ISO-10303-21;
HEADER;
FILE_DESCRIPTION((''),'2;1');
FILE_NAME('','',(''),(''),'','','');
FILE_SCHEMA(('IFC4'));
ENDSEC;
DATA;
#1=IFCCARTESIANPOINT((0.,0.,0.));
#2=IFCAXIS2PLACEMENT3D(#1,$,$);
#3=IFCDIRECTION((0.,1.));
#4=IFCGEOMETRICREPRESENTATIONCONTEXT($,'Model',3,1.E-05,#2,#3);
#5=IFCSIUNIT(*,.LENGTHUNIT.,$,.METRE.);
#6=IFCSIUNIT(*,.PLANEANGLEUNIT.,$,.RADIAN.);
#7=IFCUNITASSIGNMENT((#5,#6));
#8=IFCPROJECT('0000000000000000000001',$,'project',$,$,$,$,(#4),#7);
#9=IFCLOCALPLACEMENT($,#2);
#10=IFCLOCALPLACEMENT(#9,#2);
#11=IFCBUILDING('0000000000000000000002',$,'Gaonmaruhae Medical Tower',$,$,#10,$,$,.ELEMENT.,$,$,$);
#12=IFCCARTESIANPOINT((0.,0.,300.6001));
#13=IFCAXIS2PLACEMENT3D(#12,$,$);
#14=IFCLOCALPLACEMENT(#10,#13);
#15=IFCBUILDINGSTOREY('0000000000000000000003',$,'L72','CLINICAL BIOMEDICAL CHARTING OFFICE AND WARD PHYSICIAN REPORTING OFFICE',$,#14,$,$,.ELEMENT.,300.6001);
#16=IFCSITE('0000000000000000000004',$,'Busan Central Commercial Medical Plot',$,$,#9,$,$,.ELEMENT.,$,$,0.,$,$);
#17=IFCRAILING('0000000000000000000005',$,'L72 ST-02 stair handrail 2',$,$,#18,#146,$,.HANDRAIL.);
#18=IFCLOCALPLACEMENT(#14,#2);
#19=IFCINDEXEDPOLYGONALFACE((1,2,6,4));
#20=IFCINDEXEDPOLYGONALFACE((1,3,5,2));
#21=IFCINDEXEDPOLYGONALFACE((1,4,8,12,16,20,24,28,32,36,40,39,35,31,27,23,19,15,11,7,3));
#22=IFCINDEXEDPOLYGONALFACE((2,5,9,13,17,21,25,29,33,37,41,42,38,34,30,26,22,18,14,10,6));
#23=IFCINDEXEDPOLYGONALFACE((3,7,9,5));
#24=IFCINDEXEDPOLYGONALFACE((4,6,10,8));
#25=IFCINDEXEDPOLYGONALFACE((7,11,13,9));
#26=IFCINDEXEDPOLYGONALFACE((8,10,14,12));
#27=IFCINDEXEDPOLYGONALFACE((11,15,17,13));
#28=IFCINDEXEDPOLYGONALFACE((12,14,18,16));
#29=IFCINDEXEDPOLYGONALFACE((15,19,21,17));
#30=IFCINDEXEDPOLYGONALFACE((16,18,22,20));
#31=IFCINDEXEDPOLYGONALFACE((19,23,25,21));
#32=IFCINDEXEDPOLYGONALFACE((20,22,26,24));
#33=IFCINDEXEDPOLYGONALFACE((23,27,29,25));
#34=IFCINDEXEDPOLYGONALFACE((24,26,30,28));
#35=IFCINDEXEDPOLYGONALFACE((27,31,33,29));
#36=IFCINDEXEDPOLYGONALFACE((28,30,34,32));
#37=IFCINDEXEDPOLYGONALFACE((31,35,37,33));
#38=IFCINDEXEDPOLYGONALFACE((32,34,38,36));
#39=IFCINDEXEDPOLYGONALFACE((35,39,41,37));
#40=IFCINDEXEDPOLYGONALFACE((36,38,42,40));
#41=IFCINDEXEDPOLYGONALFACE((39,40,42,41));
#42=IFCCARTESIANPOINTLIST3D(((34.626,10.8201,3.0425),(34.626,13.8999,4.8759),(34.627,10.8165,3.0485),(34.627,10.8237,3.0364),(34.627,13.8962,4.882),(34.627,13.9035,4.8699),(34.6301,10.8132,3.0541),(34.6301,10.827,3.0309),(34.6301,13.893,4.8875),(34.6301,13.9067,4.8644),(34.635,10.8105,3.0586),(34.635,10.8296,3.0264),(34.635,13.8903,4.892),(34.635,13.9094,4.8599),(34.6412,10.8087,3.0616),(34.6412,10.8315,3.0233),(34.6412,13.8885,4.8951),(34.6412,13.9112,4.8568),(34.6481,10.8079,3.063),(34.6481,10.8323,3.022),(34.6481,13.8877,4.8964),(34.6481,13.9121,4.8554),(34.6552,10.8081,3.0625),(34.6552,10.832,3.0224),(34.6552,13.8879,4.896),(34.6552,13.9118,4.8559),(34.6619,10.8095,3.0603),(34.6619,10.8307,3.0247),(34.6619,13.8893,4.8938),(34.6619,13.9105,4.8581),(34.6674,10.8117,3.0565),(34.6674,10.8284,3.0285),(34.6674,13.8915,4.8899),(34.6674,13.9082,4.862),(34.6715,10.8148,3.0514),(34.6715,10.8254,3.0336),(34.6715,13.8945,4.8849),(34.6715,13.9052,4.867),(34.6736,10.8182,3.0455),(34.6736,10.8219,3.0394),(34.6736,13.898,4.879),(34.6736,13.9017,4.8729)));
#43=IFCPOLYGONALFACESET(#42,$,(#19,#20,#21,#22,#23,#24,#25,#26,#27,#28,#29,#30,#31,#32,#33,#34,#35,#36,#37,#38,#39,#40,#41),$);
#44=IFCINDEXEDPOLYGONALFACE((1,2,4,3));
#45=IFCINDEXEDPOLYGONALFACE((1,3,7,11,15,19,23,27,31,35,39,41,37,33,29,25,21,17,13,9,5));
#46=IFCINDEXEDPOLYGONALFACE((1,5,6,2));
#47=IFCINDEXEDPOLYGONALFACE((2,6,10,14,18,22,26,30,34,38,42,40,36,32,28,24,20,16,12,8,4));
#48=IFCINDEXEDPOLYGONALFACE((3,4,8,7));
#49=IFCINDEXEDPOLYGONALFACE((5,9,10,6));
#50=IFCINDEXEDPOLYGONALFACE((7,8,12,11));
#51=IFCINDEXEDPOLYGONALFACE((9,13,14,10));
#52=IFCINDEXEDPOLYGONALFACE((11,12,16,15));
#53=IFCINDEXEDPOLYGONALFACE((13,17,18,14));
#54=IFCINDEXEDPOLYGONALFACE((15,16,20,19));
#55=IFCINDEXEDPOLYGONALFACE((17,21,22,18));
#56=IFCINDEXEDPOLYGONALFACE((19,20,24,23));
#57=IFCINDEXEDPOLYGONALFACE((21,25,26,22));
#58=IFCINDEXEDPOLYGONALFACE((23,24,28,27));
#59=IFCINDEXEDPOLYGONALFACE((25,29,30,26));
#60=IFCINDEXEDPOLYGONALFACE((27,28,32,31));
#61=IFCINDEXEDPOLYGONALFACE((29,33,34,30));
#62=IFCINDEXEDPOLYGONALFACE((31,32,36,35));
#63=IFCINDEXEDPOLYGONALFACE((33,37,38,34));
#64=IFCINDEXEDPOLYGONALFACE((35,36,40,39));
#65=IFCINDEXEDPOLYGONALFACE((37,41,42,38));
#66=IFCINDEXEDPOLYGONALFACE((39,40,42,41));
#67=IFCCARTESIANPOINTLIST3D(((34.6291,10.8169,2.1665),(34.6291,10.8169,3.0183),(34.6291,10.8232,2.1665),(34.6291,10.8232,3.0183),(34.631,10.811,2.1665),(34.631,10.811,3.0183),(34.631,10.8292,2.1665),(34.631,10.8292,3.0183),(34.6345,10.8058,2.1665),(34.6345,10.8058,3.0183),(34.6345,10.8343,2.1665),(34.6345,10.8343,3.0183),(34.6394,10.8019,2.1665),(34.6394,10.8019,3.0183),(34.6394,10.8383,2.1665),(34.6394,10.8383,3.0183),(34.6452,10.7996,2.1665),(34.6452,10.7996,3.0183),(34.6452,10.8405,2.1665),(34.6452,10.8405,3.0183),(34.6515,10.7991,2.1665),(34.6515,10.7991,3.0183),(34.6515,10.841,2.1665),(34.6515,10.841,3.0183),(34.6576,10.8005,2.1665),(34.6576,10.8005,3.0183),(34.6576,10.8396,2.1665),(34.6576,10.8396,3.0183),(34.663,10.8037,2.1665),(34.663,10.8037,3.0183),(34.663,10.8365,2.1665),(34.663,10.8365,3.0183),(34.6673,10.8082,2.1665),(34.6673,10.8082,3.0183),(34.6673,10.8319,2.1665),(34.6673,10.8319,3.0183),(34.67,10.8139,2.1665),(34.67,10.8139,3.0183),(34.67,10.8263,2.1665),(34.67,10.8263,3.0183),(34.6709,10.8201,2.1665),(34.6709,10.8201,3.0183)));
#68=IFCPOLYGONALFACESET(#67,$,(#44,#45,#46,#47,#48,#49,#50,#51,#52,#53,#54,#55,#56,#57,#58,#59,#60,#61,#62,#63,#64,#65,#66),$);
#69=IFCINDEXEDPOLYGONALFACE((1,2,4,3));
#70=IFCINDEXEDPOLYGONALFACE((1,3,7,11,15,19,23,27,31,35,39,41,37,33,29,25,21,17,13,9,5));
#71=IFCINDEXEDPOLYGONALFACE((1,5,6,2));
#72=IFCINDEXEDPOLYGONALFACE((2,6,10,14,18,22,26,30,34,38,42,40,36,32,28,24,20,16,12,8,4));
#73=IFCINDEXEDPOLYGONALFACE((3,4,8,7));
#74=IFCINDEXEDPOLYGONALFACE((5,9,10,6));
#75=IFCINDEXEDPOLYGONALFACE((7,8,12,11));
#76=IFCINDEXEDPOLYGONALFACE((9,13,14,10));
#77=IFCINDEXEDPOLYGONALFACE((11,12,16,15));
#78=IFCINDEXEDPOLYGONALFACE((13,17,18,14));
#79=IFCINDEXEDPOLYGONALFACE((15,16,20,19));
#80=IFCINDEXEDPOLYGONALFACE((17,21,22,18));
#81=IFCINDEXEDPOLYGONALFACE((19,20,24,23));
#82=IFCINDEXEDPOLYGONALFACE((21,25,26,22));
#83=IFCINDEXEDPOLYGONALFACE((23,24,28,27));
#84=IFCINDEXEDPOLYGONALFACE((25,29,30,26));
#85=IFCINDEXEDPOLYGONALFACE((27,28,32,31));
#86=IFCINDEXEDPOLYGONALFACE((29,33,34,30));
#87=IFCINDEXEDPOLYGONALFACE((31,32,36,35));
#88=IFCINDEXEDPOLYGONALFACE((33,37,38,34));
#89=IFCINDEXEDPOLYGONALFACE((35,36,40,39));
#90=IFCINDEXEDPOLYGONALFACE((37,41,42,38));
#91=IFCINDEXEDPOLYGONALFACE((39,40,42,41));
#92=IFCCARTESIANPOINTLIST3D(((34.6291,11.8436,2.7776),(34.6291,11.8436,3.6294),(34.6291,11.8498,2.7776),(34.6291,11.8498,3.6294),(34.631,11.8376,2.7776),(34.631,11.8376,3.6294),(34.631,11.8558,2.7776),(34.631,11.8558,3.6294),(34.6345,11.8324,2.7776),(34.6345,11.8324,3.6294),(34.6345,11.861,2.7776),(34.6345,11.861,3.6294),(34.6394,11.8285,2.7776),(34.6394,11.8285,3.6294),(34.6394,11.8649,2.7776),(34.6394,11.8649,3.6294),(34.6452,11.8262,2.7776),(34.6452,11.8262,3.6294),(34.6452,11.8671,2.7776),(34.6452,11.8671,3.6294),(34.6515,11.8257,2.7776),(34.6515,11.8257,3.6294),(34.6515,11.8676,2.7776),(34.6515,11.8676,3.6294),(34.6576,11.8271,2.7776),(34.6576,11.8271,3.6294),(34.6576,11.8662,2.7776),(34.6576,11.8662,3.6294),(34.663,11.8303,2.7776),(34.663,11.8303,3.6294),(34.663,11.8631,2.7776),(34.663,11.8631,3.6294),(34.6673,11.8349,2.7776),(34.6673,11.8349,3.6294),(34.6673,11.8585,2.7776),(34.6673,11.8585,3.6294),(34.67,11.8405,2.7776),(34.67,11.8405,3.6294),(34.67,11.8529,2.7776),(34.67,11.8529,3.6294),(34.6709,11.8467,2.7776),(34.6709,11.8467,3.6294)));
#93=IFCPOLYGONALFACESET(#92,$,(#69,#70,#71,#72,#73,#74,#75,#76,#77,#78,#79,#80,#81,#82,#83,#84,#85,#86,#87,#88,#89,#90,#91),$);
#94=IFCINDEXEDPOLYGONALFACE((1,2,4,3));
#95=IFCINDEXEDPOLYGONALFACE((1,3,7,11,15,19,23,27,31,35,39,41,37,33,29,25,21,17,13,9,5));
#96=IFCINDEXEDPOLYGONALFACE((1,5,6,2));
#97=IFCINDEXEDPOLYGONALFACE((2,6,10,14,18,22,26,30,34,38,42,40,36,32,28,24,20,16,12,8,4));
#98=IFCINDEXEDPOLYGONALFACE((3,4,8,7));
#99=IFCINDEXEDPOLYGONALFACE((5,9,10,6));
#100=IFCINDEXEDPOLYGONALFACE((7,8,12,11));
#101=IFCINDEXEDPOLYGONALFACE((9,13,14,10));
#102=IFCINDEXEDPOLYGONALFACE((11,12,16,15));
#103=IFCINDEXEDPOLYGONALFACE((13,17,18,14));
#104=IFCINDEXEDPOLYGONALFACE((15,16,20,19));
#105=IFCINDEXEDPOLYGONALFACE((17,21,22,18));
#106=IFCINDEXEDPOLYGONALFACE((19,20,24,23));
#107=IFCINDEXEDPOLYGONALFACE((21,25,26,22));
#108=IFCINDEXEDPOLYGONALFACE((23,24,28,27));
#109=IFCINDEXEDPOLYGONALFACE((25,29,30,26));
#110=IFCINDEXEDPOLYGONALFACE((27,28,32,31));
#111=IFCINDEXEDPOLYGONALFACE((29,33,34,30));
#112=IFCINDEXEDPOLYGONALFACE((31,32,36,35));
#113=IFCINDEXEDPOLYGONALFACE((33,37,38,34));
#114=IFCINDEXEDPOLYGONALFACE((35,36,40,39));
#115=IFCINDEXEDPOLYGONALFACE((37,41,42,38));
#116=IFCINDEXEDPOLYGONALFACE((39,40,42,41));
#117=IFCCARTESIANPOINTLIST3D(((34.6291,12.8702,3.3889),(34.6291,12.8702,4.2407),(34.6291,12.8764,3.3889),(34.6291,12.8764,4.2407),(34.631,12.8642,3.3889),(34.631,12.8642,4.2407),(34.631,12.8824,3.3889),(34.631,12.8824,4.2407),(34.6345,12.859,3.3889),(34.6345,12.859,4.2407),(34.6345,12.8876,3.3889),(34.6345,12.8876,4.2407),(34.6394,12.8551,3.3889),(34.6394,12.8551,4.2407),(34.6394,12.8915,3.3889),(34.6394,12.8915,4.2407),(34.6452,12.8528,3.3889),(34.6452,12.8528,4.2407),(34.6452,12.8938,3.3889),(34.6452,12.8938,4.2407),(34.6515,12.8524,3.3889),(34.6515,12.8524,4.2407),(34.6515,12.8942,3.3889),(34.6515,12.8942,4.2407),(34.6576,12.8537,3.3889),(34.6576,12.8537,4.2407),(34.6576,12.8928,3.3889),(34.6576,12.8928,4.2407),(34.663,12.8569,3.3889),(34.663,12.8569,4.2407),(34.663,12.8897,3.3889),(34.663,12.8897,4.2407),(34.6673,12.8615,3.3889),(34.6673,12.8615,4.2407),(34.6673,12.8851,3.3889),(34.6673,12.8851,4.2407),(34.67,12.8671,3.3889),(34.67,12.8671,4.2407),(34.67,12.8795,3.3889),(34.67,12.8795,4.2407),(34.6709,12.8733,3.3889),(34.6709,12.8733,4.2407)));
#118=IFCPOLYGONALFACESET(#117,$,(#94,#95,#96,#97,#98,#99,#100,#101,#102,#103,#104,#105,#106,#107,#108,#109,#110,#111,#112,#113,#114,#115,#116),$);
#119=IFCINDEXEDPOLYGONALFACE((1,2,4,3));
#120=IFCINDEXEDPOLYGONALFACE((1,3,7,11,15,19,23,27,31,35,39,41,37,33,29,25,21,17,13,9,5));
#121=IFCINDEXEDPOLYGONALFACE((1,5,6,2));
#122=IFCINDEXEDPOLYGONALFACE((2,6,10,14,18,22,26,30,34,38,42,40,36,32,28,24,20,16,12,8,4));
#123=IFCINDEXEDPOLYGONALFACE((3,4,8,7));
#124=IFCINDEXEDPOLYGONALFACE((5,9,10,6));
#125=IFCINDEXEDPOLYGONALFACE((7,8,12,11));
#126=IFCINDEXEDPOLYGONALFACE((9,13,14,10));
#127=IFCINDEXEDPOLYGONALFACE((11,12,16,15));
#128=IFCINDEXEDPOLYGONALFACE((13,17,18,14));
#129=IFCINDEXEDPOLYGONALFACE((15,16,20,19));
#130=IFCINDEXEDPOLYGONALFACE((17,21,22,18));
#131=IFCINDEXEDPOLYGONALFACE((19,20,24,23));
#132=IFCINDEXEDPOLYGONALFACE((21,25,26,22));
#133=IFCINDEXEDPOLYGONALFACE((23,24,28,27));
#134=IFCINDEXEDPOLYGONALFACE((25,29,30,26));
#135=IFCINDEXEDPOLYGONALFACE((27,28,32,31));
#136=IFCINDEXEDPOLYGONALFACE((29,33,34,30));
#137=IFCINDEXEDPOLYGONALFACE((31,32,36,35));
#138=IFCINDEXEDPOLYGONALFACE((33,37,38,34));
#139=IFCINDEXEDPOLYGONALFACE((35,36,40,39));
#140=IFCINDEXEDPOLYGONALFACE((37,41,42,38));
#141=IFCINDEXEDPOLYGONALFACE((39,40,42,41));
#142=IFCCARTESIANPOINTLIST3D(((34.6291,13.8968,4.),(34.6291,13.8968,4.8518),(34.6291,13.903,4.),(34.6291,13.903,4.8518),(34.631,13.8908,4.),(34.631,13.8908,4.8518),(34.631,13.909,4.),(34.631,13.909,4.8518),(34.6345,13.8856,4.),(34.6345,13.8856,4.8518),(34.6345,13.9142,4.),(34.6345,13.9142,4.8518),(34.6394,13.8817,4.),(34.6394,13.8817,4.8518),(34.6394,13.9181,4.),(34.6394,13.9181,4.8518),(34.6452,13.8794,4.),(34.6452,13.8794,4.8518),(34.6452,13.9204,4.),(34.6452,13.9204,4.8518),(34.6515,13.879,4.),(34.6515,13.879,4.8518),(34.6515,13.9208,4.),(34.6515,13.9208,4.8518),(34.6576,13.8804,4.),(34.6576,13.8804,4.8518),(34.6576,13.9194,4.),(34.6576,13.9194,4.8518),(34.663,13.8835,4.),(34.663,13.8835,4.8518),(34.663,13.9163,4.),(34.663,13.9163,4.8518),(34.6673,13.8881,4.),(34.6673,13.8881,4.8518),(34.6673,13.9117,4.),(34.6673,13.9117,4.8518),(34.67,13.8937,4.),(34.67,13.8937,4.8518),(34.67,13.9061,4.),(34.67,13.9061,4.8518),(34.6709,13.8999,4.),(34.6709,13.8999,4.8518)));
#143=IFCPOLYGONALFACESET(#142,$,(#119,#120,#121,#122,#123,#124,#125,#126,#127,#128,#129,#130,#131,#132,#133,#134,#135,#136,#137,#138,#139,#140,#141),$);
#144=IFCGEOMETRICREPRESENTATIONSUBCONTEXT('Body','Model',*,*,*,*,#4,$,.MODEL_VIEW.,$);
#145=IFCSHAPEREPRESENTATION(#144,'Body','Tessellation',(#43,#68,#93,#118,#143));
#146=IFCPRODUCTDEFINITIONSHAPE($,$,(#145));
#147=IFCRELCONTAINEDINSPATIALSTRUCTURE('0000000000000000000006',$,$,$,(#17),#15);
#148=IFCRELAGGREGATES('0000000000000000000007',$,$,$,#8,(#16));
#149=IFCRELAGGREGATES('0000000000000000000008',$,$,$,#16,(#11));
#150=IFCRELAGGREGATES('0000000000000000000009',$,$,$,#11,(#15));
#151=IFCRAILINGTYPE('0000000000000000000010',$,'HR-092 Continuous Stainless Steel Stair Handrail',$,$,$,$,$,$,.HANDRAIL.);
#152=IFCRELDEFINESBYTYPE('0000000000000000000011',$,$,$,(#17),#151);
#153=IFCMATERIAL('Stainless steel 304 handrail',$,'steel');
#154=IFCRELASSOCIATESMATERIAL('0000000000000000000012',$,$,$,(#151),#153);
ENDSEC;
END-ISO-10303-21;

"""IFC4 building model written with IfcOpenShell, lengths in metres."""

from ifc_helpers import new_model, si_unit, direction, frame, origin, origin_2d, place, context, subcontext, project, spatial, circle, extrude, material, type_object, element, save


model = new_model("IFC4")

# Units and contexts
model_context = context("Model", 3, precision=1e-05, world=origin(), true_north=direction((0.0, 1.0)))
body_context = subcontext(model_context, "Body", "Model", "MODEL_VIEW")
ifc_project = project(units=[si_unit("LENGTHUNIT", "METRE"), si_unit("PLANEANGLEUNIT", "RADIAN")], contexts=[model_context])

# Site, building, storey
site_placement = place(None, origin())
site = spatial("IfcSite", under=ifc_project, at=site_placement, Name="Busan Central Commercial Medical Plot", CompositionType="ELEMENT", RefElevation=0.0)
building_placement = place(site_placement, origin())
building = spatial("IfcBuilding", under=site, at=building_placement, Name="Gaonmaruhae Medical Tower", CompositionType="ELEMENT")
storey_placement = place(building_placement, frame((0.0, 0.0, 300.6001)))
storey = spatial("IfcBuildingStorey", under=building, at=storey_placement, Name="L72", Description="CLINICAL BIOMEDICAL CHARTING OFFICE AND WARD PHYSICIAN REPORTING OFFICE", CompositionType="ELEMENT", Elevation=300.6001)

# Railing
ifc_material_1 = material(Name="Stainless steel 304 handrail", Category="steel")
railing_type_1 = type_object("IfcRailingType", Name="HR-092 Continuous Stainless Steel Stair Handrail", PredefinedType="HANDRAIL", material=ifc_material_1)
railing_1_placement = place(storey_placement, frame((34.6499, 10.8201, 2.1665)))
element("IfcRailing", 1, at=railing_1_placement, inside=storey, type_object=railing_type_1, Name="L72 ST-02 stair handrail 2", PredefinedType="HANDRAIL", context=body_context, shape_type="SweptSolid", body=[
    extrude(circle(Radius=0.0239, at=origin_2d()), frame((0.0, 0.0, 0.876), z_axis=(0.0, 0.859261, 0.511538), x_axis=(-1.0, 0.0, 0.0)), (0.0, 0.0, 1.0), 3.5842),
    extrude(circle(Radius=0.021, at=origin_2d()), origin(), (0.0, 0.0, 1.0), 0.8518),
    extrude(circle(Radius=0.021, at=origin_2d()), frame((0.0, 1.0266, 0.6111)), (0.0, 0.0, 1.0), 0.8518),
    extrude(circle(Radius=0.021, at=origin_2d()), frame((0.0, 2.0532, 1.2224)), (0.0, 0.0, 1.0), 0.8518),
    extrude(circle(Radius=0.021, at=origin_2d()), frame((0.0, 3.0798, 1.8335)), (0.0, 0.0, 1.0), 0.8518),
])

save(model, "model.ifc")
